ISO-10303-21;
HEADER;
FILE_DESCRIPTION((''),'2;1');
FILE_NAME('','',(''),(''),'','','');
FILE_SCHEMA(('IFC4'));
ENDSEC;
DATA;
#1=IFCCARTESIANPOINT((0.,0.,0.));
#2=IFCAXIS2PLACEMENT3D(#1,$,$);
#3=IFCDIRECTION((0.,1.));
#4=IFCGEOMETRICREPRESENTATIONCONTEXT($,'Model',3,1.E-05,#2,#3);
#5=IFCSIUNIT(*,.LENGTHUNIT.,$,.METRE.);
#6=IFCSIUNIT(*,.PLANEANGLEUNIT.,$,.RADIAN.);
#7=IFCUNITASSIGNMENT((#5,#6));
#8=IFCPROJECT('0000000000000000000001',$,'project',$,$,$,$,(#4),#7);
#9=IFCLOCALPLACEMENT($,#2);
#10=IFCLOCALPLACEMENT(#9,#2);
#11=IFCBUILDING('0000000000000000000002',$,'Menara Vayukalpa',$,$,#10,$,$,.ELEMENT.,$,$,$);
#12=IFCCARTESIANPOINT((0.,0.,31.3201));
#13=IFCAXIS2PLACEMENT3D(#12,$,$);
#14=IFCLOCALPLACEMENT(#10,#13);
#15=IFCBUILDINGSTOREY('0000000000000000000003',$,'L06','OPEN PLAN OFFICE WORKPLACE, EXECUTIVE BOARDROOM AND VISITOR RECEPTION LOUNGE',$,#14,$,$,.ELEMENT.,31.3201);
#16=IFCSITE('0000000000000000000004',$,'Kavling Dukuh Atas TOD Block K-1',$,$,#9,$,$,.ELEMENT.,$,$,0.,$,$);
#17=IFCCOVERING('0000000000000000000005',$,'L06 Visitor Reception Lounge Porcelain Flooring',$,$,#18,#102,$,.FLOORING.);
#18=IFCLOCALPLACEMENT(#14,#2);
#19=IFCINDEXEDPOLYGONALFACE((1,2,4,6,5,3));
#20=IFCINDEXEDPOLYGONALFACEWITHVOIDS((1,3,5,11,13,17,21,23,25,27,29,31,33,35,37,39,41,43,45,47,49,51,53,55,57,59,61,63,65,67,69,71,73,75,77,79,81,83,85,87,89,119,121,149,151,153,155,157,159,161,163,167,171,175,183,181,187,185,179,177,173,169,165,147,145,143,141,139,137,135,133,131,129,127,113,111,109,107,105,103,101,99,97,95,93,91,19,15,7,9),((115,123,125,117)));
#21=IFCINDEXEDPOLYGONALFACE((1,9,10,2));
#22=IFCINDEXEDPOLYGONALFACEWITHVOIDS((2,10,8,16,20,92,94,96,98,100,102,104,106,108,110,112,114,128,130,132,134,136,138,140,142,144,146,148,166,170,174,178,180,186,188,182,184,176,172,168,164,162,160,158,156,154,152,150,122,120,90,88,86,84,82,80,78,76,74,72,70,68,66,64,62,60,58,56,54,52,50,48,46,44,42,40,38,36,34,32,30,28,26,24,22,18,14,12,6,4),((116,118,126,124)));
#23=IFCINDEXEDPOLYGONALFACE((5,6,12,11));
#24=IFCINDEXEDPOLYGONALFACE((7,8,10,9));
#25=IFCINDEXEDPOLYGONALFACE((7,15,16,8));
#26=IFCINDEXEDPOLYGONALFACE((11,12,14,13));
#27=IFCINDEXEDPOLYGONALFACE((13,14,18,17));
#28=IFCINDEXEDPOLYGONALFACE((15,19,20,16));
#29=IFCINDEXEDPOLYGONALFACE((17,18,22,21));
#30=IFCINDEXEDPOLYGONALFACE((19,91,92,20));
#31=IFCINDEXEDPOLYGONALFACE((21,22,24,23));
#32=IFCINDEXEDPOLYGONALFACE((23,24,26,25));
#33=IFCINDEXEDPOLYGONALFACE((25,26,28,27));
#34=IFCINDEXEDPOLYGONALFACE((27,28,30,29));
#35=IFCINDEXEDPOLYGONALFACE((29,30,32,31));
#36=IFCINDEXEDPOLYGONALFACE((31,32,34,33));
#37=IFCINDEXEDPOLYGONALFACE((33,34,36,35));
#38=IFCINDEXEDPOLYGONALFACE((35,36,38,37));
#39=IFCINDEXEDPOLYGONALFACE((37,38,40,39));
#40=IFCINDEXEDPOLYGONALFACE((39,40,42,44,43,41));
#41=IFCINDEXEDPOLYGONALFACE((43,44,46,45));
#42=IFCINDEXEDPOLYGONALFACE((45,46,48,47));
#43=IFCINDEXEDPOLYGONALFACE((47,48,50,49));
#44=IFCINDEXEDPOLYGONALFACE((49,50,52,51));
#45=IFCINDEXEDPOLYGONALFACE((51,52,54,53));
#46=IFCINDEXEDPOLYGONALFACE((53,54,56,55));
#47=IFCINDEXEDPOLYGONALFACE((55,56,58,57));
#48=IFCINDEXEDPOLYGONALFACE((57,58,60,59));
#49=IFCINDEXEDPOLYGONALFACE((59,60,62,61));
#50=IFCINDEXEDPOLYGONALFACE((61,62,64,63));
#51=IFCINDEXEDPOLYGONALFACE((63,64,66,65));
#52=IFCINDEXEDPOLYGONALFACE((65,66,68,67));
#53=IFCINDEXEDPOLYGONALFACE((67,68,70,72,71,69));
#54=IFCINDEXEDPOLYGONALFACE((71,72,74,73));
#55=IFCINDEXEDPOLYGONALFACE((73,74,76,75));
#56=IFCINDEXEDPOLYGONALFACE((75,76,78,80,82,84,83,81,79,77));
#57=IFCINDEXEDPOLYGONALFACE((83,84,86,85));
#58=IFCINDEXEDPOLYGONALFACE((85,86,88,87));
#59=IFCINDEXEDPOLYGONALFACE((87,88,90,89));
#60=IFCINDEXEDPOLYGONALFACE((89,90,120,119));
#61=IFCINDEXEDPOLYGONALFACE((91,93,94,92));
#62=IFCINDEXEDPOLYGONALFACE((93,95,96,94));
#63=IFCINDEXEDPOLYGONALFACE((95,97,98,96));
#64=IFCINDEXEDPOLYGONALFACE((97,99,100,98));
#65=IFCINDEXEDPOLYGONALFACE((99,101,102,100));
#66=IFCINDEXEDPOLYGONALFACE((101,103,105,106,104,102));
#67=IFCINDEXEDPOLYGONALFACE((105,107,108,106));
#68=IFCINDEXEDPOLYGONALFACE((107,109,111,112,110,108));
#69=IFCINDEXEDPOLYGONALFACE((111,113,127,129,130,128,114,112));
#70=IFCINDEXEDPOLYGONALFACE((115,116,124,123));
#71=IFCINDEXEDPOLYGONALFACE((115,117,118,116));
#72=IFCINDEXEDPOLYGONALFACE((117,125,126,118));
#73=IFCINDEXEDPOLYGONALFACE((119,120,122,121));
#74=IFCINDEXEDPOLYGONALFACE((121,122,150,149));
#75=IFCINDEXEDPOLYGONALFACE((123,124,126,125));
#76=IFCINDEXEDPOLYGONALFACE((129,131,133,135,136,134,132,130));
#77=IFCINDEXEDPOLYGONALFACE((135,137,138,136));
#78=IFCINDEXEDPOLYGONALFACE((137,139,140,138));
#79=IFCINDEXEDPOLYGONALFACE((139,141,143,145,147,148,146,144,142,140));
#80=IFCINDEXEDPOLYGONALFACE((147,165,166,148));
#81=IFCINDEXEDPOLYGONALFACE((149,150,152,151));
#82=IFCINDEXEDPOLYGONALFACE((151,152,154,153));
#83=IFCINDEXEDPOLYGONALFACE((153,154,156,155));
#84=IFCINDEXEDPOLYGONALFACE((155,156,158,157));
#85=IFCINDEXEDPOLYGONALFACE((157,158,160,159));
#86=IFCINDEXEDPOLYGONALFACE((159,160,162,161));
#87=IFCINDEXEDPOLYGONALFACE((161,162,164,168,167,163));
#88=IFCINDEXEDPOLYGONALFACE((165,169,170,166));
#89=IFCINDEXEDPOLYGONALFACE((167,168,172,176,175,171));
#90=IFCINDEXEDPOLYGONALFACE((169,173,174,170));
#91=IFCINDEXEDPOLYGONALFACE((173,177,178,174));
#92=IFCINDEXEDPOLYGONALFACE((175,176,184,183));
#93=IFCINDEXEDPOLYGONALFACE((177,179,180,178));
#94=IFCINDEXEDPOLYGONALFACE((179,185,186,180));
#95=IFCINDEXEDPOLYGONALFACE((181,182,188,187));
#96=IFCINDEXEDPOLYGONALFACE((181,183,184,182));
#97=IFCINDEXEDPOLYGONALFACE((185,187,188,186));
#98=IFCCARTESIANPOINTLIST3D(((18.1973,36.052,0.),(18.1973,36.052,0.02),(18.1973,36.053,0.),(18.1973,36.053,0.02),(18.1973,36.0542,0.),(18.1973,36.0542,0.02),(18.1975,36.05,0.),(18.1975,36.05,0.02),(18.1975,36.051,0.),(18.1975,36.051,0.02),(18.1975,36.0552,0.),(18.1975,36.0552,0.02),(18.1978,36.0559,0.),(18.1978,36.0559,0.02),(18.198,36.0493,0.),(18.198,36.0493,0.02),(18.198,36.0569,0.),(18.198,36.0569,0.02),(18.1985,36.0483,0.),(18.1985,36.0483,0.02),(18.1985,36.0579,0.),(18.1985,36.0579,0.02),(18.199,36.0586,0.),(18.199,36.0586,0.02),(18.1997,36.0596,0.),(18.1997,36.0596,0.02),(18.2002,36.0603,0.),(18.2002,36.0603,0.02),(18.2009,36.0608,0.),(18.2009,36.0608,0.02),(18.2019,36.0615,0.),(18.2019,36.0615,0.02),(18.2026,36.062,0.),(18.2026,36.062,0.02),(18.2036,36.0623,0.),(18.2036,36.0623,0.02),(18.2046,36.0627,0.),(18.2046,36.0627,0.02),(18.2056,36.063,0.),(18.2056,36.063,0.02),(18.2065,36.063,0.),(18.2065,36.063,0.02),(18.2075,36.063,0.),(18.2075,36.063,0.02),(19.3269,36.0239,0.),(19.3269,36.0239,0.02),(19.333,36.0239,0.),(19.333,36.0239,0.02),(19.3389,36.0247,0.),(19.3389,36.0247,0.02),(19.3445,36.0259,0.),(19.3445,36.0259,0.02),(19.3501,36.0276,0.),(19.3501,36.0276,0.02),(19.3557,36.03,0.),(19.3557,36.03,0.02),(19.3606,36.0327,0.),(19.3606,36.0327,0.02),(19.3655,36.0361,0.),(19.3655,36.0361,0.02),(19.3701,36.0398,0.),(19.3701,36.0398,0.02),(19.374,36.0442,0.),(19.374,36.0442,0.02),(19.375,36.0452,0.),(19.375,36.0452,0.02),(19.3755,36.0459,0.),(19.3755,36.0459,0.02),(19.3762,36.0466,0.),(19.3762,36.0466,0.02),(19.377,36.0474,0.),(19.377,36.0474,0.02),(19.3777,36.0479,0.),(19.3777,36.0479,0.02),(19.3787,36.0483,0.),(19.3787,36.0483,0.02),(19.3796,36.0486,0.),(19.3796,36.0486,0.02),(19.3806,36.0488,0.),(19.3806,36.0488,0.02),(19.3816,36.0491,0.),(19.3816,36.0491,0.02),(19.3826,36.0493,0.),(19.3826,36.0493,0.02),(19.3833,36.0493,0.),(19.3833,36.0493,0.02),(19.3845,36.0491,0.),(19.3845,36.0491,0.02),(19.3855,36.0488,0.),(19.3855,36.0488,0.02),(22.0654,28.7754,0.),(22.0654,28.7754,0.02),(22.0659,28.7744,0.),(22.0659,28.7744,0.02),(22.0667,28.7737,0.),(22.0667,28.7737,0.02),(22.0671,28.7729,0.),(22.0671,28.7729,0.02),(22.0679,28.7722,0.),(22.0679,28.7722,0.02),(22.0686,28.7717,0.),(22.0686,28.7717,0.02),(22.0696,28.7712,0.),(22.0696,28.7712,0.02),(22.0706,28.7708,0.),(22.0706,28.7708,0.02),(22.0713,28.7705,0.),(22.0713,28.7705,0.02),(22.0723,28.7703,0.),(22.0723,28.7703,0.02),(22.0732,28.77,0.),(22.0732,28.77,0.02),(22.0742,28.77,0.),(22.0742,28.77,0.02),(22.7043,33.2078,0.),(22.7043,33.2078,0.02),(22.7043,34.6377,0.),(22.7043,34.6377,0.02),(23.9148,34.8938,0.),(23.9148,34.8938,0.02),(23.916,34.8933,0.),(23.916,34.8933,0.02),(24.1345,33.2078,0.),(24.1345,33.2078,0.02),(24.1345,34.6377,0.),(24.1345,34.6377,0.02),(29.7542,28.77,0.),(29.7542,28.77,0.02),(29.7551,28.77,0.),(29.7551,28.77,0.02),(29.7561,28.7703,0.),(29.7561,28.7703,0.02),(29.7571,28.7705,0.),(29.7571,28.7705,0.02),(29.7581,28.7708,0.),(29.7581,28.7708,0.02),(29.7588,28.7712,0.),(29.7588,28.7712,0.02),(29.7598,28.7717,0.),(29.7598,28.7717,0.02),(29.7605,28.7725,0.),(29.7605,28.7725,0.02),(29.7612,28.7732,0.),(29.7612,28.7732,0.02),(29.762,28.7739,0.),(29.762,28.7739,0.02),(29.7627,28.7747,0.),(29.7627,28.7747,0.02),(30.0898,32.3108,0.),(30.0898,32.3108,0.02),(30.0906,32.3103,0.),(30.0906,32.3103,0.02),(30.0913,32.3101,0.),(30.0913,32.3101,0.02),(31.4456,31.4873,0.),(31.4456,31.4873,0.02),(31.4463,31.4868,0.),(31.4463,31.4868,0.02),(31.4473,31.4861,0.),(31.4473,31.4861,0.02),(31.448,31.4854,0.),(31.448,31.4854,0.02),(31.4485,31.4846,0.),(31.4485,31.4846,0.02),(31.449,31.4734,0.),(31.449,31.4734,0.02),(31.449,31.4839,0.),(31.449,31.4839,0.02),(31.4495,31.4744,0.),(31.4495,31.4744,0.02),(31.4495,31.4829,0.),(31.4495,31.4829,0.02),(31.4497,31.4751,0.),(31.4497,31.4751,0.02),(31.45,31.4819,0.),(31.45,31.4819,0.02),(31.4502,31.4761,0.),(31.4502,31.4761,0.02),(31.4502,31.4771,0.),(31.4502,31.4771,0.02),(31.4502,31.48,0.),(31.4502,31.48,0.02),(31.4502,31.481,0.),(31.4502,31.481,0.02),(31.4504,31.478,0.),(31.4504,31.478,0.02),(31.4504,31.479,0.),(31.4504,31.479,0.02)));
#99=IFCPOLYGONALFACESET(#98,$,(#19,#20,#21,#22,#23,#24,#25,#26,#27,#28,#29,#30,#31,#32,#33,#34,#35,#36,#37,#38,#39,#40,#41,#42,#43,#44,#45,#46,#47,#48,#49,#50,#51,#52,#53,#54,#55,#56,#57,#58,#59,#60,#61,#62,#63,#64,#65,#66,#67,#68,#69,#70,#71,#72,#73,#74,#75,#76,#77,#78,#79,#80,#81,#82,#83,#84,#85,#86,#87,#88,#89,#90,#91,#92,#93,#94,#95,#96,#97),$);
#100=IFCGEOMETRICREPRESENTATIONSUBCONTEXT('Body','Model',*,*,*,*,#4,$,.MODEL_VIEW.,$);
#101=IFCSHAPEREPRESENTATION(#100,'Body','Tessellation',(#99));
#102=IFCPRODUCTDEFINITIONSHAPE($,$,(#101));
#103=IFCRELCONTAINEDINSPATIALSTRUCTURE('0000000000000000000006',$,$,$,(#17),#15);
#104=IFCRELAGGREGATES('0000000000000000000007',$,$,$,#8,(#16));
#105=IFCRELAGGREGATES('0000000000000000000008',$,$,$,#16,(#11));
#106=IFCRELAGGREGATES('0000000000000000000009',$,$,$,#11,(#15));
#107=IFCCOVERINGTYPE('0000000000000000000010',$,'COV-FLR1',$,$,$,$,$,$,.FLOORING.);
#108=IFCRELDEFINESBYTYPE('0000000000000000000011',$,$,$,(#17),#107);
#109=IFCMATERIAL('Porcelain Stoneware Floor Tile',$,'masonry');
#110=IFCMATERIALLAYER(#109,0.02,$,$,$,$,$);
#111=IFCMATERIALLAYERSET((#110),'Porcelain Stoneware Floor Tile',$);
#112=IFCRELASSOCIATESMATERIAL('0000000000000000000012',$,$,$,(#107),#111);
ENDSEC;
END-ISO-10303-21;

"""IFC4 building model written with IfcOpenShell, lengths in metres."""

from ifc_helpers import new_model, si_unit, direction, frame, origin, place, context, subcontext, project, spatial, polyline, outline, extrude, material, layer, layer_set, type_object, element, save


model = new_model("IFC4")

# Units and contexts
model_context = context("Model", 3, precision=1e-05, world=origin(), true_north=direction((0.0, 1.0)))
body_context = subcontext(model_context, "Body", "Model", "MODEL_VIEW")
ifc_project = project(units=[si_unit("LENGTHUNIT", "METRE"), si_unit("PLANEANGLEUNIT", "RADIAN")], contexts=[model_context])

# Site, building, storey
site_placement = place(None, origin())
site = spatial("IfcSite", under=ifc_project, at=site_placement, Name="Kavling Dukuh Atas TOD Block K-1", CompositionType="ELEMENT", RefElevation=0.0)
building_placement = place(site_placement, origin())
building = spatial("IfcBuilding", under=site, at=building_placement, Name="Menara Vayukalpa", CompositionType="ELEMENT")
storey_placement = place(building_placement, frame((0.0, 0.0, 31.3201)))
storey = spatial("IfcBuildingStorey", under=building, at=storey_placement, Name="L06", Description="OPEN PLAN OFFICE WORKPLACE, EXECUTIVE BOARDROOM AND VISITOR RECEPTION LOUNGE", CompositionType="ELEMENT", Elevation=31.3201)

# Covering
ifc_material_1 = material(Name="Porcelain Stoneware Floor Tile", Category="masonry")
ifc_layer_1 = layer(ifc_material_1, 0.02)
ifc_layer_set_1 = layer_set([ifc_layer_1], Name="Porcelain Stoneware Floor Tile")
covering_type_1 = type_object("IfcCoveringType", Name="COV-FLR1", PredefinedType="FLOORING", material=ifc_layer_set_1)
covering_1_placement = place(storey_placement, origin())
element("IfcCovering", 1, at=covering_1_placement, inside=storey, type_object=covering_type_1, Name="L06 Visitor Reception Lounge Porcelain Flooring", PredefinedType="FLOORING", context=body_context, shape_type="SweptSolid", body=[
    extrude(outline(polyline([(30.0898, 32.3108), (30.0906, 32.3103), (30.0913, 32.3101), (31.4456, 31.4873), (31.4463, 31.4868), (31.4473, 31.4861), (31.448, 31.4854), (31.4485, 31.4846), (31.449, 31.4839), (31.4495, 31.4829), (31.45, 31.4819), (31.4502, 31.481), (31.4502, 31.48), (31.4504, 31.479), (31.4504, 31.478), (31.4502, 31.4771), (31.4502, 31.4761), (31.4497, 31.4751), (31.4495, 31.4744), (31.449, 31.4734), (29.7627, 28.7747), (29.762, 28.7739), (29.7612, 28.7732), (29.7605, 28.7725), (29.7598, 28.7717), (29.7588, 28.7712), (29.7581, 28.7708), (29.7571, 28.7705), (29.7561, 28.7703), (29.7551, 28.77), (29.7542, 28.77), (22.0742, 28.77), (22.0732, 28.77), (22.0723, 28.7703), (22.0713, 28.7705), (22.0706, 28.7708), (22.0696, 28.7712), (22.0686, 28.7717), (22.0679, 28.7722), (22.0671, 28.7729), (22.0667, 28.7737), (22.0659, 28.7744), (22.0654, 28.7754), (18.1985, 36.0483), (18.198, 36.0493), (18.1975, 36.05), (18.1975, 36.051), (18.1973, 36.052), (18.1973, 36.053), (18.1973, 36.0542), (18.1975, 36.0552), (18.1978, 36.0559), (18.198, 36.0569), (18.1985, 36.0579), (18.199, 36.0586), (18.1997, 36.0596), (18.2002, 36.0603), (18.2009, 36.0608), (18.2019, 36.0615), (18.2026, 36.062), (18.2036, 36.0623), (18.2046, 36.0627), (18.2056, 36.063), (18.2065, 36.063), (18.2075, 36.063), (19.3269, 36.0239), (19.333, 36.0239), (19.3389, 36.0247), (19.3445, 36.0259), (19.3501, 36.0276), (19.3557, 36.03), (19.3606, 36.0327), (19.3655, 36.0361), (19.3701, 36.0398), (19.374, 36.0442), (19.375, 36.0452), (19.3755, 36.0459), (19.3762, 36.0466), (19.377, 36.0474), (19.3777, 36.0479), (19.3787, 36.0483), (19.3796, 36.0486), (19.3806, 36.0488), (19.3816, 36.0491), (19.3826, 36.0493), (19.3833, 36.0493), (19.3845, 36.0491), (19.3855, 36.0488), (23.9148, 34.8938), (23.916, 34.8933), (30.0898, 32.3108)]), holes=[polyline([(24.1345, 33.2078), (24.1345, 34.6377), (22.7043, 34.6377), (22.7043, 33.2078), (24.1345, 33.2078)])]), origin(), (0.0, 0.0, 1.0), 0.02),
])

save(model, "model.ifc")
